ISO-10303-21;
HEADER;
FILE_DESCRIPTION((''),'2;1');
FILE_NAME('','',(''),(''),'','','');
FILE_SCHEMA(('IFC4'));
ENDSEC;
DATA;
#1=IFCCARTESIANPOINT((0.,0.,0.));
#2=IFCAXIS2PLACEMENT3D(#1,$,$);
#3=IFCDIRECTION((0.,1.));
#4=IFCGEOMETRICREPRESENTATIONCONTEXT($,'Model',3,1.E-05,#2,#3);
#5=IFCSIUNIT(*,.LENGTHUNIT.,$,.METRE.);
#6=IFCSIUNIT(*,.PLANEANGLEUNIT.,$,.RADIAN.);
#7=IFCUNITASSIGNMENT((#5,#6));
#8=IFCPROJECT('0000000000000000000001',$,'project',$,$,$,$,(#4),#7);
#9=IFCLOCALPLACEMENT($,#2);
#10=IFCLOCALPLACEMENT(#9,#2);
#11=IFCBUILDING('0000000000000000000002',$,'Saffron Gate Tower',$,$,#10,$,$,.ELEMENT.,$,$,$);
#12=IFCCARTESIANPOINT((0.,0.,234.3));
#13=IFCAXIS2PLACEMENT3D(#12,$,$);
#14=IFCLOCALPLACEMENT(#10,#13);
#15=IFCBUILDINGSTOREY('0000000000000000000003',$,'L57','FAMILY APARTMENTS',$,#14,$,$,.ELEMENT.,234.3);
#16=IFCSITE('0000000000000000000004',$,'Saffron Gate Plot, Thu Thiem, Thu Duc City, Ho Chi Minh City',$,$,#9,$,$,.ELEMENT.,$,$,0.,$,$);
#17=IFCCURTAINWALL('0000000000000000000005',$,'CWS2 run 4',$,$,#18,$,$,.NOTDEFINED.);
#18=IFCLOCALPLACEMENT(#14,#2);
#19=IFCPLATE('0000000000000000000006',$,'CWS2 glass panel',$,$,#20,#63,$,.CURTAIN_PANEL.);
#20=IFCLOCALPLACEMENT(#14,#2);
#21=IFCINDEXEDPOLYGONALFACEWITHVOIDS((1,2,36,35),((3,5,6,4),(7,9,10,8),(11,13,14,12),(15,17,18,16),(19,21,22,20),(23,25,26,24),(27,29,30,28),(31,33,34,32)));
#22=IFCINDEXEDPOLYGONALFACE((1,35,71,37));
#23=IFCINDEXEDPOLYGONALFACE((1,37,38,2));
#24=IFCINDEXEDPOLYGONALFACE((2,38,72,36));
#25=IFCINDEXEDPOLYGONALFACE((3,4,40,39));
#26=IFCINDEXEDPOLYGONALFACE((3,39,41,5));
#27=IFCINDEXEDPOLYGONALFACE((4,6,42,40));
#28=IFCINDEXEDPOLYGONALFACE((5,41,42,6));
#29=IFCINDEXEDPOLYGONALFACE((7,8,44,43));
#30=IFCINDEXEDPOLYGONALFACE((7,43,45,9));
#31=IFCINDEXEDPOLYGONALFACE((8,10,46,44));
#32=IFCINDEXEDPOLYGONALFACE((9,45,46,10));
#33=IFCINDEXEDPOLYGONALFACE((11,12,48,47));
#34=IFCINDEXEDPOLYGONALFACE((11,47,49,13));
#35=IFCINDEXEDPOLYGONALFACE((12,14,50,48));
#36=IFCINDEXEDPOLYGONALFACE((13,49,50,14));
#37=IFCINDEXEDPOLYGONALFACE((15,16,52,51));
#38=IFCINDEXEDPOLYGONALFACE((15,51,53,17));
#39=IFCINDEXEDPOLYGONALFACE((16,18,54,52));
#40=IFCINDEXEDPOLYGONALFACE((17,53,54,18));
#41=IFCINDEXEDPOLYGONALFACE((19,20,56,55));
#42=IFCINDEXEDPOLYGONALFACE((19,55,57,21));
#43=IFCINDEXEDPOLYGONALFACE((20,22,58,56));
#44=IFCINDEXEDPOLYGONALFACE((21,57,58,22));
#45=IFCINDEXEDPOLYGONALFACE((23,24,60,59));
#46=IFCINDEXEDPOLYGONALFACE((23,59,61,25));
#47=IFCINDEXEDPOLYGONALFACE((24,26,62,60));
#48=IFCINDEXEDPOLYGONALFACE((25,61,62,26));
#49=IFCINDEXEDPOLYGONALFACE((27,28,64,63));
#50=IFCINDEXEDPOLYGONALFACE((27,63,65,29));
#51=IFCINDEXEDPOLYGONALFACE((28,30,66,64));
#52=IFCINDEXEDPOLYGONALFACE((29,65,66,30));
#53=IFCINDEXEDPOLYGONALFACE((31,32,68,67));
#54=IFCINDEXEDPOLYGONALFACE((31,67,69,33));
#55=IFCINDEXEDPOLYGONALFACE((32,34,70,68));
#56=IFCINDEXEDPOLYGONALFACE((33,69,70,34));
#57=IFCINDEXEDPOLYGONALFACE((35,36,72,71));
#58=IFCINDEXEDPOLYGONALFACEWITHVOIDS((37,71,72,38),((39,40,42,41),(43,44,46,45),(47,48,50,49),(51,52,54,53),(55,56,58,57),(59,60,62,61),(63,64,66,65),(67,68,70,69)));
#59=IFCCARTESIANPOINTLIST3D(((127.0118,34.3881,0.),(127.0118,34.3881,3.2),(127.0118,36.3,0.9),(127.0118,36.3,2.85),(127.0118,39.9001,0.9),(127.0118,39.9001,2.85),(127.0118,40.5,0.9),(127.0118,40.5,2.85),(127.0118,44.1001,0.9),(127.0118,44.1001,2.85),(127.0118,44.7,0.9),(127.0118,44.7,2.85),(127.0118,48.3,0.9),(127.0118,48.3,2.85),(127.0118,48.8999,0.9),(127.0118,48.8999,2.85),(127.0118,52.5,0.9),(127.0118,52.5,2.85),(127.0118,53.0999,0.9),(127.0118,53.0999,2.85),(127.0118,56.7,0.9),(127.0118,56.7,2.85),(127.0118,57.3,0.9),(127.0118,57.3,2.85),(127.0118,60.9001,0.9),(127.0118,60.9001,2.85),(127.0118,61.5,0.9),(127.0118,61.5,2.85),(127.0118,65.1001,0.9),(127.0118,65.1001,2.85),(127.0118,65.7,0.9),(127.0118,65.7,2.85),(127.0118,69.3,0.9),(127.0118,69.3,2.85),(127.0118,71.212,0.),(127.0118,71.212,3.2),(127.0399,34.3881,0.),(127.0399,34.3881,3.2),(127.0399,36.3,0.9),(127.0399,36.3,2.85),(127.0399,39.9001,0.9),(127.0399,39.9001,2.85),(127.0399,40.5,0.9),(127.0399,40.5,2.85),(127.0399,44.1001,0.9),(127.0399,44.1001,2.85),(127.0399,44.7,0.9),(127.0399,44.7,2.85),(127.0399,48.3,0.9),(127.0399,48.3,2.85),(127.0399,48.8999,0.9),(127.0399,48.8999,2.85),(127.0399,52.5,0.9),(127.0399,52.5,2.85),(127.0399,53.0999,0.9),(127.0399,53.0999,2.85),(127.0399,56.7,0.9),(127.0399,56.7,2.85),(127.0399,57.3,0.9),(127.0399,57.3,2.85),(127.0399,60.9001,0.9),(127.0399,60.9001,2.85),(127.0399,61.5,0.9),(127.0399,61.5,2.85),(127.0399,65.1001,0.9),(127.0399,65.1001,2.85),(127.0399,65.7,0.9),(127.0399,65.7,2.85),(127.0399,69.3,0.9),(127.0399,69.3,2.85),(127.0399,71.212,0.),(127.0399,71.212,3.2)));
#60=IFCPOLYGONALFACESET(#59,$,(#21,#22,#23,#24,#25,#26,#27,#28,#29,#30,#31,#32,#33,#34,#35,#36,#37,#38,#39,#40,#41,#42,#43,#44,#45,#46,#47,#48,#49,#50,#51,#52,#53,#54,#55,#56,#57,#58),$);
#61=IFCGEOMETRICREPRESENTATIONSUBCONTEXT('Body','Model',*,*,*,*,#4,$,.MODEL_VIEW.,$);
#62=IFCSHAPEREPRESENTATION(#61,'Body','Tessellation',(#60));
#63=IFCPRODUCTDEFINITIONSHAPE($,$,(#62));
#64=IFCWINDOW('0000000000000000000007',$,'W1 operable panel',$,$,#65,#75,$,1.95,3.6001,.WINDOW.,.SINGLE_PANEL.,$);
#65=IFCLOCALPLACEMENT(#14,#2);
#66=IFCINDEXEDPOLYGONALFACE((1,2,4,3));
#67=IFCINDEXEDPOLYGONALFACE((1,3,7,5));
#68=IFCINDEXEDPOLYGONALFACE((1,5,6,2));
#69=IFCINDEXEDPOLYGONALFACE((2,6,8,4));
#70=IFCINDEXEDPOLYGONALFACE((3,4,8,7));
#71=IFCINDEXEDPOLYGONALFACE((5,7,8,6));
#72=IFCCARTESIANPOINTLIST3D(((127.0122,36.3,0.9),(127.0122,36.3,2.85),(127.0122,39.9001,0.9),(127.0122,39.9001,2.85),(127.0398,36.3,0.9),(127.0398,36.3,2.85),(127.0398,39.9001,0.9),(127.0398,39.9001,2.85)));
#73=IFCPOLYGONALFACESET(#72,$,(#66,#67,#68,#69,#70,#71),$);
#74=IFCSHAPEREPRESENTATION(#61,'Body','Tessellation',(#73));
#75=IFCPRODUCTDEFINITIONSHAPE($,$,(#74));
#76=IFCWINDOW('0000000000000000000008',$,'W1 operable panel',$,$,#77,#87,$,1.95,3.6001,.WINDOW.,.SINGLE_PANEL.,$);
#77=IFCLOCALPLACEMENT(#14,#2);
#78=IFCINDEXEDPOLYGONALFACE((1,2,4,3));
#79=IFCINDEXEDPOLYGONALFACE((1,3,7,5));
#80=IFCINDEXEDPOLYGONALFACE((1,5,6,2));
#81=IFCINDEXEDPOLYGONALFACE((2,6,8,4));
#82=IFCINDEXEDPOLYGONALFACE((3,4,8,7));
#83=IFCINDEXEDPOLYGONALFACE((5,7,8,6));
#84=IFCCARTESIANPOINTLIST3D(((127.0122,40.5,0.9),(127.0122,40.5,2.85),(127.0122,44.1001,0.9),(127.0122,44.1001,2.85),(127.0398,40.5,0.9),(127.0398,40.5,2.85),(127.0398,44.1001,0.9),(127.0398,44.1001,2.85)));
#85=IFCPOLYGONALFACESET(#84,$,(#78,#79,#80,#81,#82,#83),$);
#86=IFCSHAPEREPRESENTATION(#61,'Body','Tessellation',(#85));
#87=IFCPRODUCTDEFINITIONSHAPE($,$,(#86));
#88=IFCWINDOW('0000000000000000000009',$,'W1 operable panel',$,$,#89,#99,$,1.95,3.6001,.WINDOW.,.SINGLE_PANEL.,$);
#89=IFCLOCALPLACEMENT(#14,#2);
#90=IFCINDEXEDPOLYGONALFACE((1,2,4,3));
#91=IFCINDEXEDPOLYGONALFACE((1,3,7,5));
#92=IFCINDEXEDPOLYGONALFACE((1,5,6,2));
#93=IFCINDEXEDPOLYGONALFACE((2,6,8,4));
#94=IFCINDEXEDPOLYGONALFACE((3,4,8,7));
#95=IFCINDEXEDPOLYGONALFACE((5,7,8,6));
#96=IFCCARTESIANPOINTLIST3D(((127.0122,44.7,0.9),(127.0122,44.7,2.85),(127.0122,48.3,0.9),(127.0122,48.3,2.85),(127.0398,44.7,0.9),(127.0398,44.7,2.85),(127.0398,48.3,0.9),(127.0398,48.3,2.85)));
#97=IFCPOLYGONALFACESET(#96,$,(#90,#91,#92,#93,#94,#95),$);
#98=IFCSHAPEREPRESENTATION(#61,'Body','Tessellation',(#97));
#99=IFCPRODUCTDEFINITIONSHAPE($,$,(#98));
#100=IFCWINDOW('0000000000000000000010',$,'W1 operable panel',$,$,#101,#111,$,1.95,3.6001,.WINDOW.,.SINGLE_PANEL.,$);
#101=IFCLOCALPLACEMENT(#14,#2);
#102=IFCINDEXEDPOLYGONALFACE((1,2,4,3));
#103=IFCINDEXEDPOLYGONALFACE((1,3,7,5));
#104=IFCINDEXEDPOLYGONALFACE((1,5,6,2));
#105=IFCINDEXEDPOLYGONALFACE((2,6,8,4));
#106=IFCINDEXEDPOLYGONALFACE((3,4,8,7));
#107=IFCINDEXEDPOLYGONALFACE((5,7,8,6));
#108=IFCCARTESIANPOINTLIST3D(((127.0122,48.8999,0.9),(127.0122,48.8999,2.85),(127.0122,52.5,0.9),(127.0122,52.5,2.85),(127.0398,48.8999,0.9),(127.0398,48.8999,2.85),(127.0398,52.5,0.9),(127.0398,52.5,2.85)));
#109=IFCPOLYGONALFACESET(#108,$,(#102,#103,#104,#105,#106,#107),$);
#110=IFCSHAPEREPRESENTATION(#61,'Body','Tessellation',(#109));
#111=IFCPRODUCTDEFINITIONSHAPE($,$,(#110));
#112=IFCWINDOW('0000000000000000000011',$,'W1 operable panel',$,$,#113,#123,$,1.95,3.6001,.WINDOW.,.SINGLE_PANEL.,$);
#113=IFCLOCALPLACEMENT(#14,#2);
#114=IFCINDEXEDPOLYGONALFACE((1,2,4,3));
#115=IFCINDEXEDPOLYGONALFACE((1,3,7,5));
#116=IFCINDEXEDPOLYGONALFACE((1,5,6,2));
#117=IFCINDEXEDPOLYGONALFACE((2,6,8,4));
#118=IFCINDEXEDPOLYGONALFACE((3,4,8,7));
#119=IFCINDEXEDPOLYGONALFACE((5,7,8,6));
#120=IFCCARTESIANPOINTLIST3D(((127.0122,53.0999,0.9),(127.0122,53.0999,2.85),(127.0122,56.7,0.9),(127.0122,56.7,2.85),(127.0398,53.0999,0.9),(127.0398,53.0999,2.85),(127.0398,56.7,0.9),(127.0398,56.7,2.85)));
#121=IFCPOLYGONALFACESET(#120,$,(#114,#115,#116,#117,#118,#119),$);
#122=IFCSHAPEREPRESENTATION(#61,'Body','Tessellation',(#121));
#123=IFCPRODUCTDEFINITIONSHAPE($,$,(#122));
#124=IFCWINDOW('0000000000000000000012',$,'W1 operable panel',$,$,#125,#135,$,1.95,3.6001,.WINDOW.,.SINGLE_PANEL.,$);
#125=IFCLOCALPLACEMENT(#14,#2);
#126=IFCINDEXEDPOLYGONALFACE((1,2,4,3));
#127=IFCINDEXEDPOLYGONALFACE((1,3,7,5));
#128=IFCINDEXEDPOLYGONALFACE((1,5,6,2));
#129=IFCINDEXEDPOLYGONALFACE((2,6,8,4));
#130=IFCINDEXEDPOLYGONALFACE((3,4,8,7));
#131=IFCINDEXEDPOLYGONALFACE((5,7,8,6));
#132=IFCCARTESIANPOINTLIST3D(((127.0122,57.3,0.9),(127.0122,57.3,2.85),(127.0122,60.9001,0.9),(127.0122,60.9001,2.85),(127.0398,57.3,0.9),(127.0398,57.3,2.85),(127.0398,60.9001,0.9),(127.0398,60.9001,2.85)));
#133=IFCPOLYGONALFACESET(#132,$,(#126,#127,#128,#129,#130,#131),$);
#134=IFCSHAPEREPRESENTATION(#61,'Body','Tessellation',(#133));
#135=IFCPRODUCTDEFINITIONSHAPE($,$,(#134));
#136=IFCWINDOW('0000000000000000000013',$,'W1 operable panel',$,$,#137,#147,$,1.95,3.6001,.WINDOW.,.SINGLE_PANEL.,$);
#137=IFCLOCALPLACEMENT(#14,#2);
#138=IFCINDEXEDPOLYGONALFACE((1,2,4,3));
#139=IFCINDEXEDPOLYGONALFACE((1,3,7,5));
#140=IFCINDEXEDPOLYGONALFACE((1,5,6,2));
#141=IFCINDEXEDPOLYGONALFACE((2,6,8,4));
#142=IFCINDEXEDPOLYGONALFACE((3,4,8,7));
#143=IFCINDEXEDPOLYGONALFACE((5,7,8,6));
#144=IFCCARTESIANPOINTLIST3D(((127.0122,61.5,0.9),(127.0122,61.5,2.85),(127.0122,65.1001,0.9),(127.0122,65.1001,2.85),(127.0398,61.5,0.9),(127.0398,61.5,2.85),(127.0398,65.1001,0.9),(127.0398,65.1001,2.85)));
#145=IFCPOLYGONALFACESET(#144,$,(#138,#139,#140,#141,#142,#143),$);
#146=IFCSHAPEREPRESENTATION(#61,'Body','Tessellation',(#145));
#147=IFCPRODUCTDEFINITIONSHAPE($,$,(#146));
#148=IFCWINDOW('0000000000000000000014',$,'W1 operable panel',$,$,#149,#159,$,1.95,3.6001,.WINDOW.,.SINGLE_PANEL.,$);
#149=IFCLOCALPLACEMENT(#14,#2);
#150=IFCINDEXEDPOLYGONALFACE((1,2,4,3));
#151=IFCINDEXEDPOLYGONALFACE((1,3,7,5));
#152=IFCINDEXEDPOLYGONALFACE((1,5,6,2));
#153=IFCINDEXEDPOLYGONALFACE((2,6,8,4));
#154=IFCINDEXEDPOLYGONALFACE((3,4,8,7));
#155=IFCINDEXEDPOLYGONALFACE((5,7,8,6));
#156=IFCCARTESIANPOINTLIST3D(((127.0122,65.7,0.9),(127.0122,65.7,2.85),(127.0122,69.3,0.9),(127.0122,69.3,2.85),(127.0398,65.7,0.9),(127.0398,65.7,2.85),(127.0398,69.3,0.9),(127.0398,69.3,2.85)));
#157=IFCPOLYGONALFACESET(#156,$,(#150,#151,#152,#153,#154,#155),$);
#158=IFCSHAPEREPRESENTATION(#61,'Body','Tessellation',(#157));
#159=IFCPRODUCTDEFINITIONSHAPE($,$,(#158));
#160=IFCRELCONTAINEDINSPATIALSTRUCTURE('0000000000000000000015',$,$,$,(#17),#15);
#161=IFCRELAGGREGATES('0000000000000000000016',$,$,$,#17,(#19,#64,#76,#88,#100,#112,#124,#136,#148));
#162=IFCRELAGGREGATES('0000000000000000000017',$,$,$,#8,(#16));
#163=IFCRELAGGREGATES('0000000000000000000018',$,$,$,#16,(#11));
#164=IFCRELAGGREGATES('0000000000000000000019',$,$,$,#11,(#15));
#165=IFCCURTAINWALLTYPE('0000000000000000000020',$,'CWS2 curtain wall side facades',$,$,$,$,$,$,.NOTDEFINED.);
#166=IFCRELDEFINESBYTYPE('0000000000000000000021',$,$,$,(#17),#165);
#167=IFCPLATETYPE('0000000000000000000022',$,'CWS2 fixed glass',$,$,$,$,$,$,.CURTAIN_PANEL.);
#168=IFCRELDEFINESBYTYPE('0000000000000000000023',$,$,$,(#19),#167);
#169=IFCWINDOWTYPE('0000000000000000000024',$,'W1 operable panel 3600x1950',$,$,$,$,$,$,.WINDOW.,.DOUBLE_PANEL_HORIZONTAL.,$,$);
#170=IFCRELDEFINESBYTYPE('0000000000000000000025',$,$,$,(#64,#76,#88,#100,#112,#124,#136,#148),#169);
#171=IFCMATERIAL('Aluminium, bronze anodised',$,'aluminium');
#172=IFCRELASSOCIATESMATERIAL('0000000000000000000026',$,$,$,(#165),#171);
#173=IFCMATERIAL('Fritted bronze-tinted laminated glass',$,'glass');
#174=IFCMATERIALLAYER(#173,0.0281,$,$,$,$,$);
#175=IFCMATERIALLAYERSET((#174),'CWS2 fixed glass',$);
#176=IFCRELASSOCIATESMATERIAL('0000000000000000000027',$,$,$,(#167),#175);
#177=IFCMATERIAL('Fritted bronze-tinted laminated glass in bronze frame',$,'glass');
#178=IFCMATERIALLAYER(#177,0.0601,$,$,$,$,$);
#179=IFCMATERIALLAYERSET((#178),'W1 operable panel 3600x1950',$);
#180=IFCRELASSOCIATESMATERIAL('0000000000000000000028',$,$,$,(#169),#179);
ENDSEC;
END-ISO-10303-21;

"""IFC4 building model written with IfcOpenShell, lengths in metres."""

from ifc_helpers import new_model, si_unit, direction, frame, frame_2d, origin, place, context, subcontext, project, spatial, rectangle, extrude, material, layer, layer_set, type_object, element, fill, aggregate, save


model = new_model("IFC4")

# Units and contexts
model_context = context("Model", 3, precision=1e-05, world=origin(), true_north=direction((0.0, 1.0)))
body_context = subcontext(model_context, "Body", "Model", "MODEL_VIEW")
ifc_project = project(units=[si_unit("LENGTHUNIT", "METRE"), si_unit("PLANEANGLEUNIT", "RADIAN")], contexts=[model_context])

# Site, building, storey
site_placement = place(None, origin())
site = spatial("IfcSite", under=ifc_project, at=site_placement, Name="Saffron Gate Plot, Thu Thiem, Thu Duc City, Ho Chi Minh City", CompositionType="ELEMENT", RefElevation=0.0)
building_placement = place(site_placement, origin())
building = spatial("IfcBuilding", under=site, at=building_placement, Name="Saffron Gate Tower", CompositionType="ELEMENT")
storey_placement = place(building_placement, frame((0.0, 0.0, 234.3)))
storey = spatial("IfcBuildingStorey", under=building, at=storey_placement, Name="L57", Description="FAMILY APARTMENTS", CompositionType="ELEMENT", Elevation=234.3)

# Shared definitions
ifc_material_1 = material(Name="Aluminium, bronze anodised", Category="aluminium")

# Curtain wall
curtain_wall_type_1 = type_object("IfcCurtainWallType", Name="CWS2 curtain wall side facades", PredefinedType="NOTDEFINED", material=ifc_material_1)
curtain_wall_1_placement = place(storey_placement, origin())
curtain_wall_1 = element("IfcCurtainWall", 1, at=curtain_wall_1_placement, inside=storey, type_object=curtain_wall_type_1, Name="CWS2 run 4", PredefinedType="NOTDEFINED")

# Plate, openings, windows
ifc_material_2 = material(Name="Fritted bronze-tinted laminated glass", Category="glass")
ifc_layer_1 = layer(ifc_material_2, 0.0281)
ifc_layer_set_1 = layer_set([ifc_layer_1], Name="CWS2 fixed glass")
plate_type_1 = type_object("IfcPlateType", Name="CWS2 fixed glass", PredefinedType="CURTAIN_PANEL", material=ifc_layer_set_1)
plate_1_placement = place(storey_placement, frame((127.0259, 34.3879, 0.0), z_axis=(0.0, 0.0, 1.0), x_axis=(0.0, 1.0, 0.0)))
plate_1 = element("IfcPlate", 2, at=plate_1_placement, type_object=plate_type_1, Name="CWS2 glass panel", PredefinedType="CURTAIN_PANEL", context=body_context, shape_type="SweptSolid", body=[
    extrude(rectangle(XDim=36.824, YDim=0.0281, at=frame_2d((18.4121, 0.0))), origin(), (0.0, 0.0, 1.0), 3.2),
])
opening_1_placement = place(plate_1_placement, frame((1.9121, 0.0, 0.8999)))
opening_1 = element("IfcOpeningElement", 3, at=opening_1_placement, cuts=plate_1, PredefinedType="OPENING", context=body_context, shape_type="SweptSolid", body=[
    extrude(rectangle(XDim=3.6001, YDim=1.95, at=frame_2d((1.8, 0.9751))), frame((0.0, 0.0239, 0.0), z_axis=(0.0, -1.0, 0.0), x_axis=(1.0, 0.0, 0.0)), (0.0, 0.0, 1.0), 0.0481),
])
opening_2_placement = place(plate_1_placement, frame((6.1121, 0.0, 0.8999)))
opening_2 = element("IfcOpeningElement", 4, at=opening_2_placement, cuts=plate_1, PredefinedType="OPENING", context=body_context, shape_type="SweptSolid", body=[
    extrude(rectangle(XDim=3.6001, YDim=1.95, at=frame_2d((1.8, 0.9751))), frame((0.0, 0.0239, 0.0), z_axis=(0.0, -1.0, 0.0), x_axis=(1.0, 0.0, 0.0)), (0.0, 0.0, 1.0), 0.0481),
])
opening_3_placement = place(plate_1_placement, frame((10.312, 0.0, 0.8999)))
opening_3 = element("IfcOpeningElement", 5, at=opening_3_placement, cuts=plate_1, PredefinedType="OPENING", context=body_context, shape_type="SweptSolid", body=[
    extrude(rectangle(XDim=3.6001, YDim=1.95, at=frame_2d((1.8, 0.9751))), frame((0.0, 0.0239, 0.0), z_axis=(0.0, -1.0, 0.0), x_axis=(1.0, 0.0, 0.0)), (0.0, 0.0, 1.0), 0.0481),
])
opening_4_placement = place(plate_1_placement, frame((14.512, 0.0, 0.8999)))
opening_4 = element("IfcOpeningElement", 6, at=opening_4_placement, cuts=plate_1, PredefinedType="OPENING", context=body_context, shape_type="SweptSolid", body=[
    extrude(rectangle(XDim=3.6001, YDim=1.95, at=frame_2d((1.8, 0.9751))), frame((0.0, 0.0239, 0.0), z_axis=(0.0, -1.0, 0.0), x_axis=(1.0, 0.0, 0.0)), (0.0, 0.0, 1.0), 0.0481),
])
opening_5_placement = place(plate_1_placement, frame((18.7119, 0.0, 0.8999)))
opening_5 = element("IfcOpeningElement", 7, at=opening_5_placement, cuts=plate_1, PredefinedType="OPENING", context=body_context, shape_type="SweptSolid", body=[
    extrude(rectangle(XDim=3.6001, YDim=1.95, at=frame_2d((1.8, 0.9751))), frame((0.0, 0.0239, 0.0), z_axis=(0.0, -1.0, 0.0), x_axis=(1.0, 0.0, 0.0)), (0.0, 0.0, 1.0), 0.0481),
])
opening_6_placement = place(plate_1_placement, frame((22.9121, 0.0, 0.8999)))
opening_6 = element("IfcOpeningElement", 8, at=opening_6_placement, cuts=plate_1, PredefinedType="OPENING", context=body_context, shape_type="SweptSolid", body=[
    extrude(rectangle(XDim=3.6001, YDim=1.95, at=frame_2d((1.8, 0.9751))), frame((0.0, 0.0239, 0.0), z_axis=(0.0, -1.0, 0.0), x_axis=(1.0, 0.0, 0.0)), (0.0, 0.0, 1.0), 0.0481),
])
opening_7_placement = place(plate_1_placement, frame((27.1121, 0.0, 0.8999)))
opening_7 = element("IfcOpeningElement", 9, at=opening_7_placement, cuts=plate_1, PredefinedType="OPENING", context=body_context, shape_type="SweptSolid", body=[
    extrude(rectangle(XDim=3.6001, YDim=1.95, at=frame_2d((1.8, 0.9751))), frame((0.0, 0.0239, 0.0), z_axis=(0.0, -1.0, 0.0), x_axis=(1.0, 0.0, 0.0)), (0.0, 0.0, 1.0), 0.0481),
])
opening_8_placement = place(plate_1_placement, frame((31.312, 0.0, 0.8999)))
opening_8 = element("IfcOpeningElement", 10, at=opening_8_placement, cuts=plate_1, PredefinedType="OPENING", context=body_context, shape_type="SweptSolid", body=[
    extrude(rectangle(XDim=3.6001, YDim=1.95, at=frame_2d((1.8, 0.9751))), frame((0.0, 0.0239, 0.0), z_axis=(0.0, -1.0, 0.0), x_axis=(1.0, 0.0, 0.0)), (0.0, 0.0, 1.0), 0.0481),
])
ifc_material_3 = material(Name="Fritted bronze-tinted laminated glass in bronze frame", Category="glass")
ifc_layer_2 = layer(ifc_material_3, 0.0601)
ifc_layer_set_2 = layer_set([ifc_layer_2], Name="W1 operable panel 3600x1950")
window_type = type_object("IfcWindowType", Name="W1 operable panel 3600x1950", PartitioningType="DOUBLE_PANEL_HORIZONTAL", PredefinedType="WINDOW", material=ifc_layer_set_2)
window_1_placement = place(opening_1_placement, origin())
window_1 = element("IfcWindow", 11, at=window_1_placement, type_object=window_type, Name="W1 operable panel", OverallHeight=1.95, OverallWidth=3.6001, PartitioningType="SINGLE_PANEL", PredefinedType="WINDOW", context=body_context, shape_type="SweptSolid", body=[
    extrude(rectangle(XDim=3.6001, YDim=1.95, at=frame_2d((1.8, 0.9751))), frame((0.0, 0.0137, 0.0), z_axis=(0.0, -1.0, 0.0), x_axis=(1.0, 0.0, 0.0)), (0.0, 0.0, 1.0), 0.0276),
])
fill(opening_1, window_1)
window_2_placement = place(opening_2_placement, origin())
window_2 = element("IfcWindow", 12, at=window_2_placement, type_object=window_type, Name="W1 operable panel", OverallHeight=1.95, OverallWidth=3.6001, PartitioningType="SINGLE_PANEL", PredefinedType="WINDOW", context=body_context, shape_type="SweptSolid", body=[
    extrude(rectangle(XDim=3.6001, YDim=1.95, at=frame_2d((1.8, 0.9751))), frame((0.0, 0.0137, 0.0), z_axis=(0.0, -1.0, 0.0), x_axis=(1.0, 0.0, 0.0)), (0.0, 0.0, 1.0), 0.0276),
])
fill(opening_2, window_2)
window_3_placement = place(opening_3_placement, origin())
window_3 = element("IfcWindow", 13, at=window_3_placement, type_object=window_type, Name="W1 operable panel", OverallHeight=1.95, OverallWidth=3.6001, PartitioningType="SINGLE_PANEL", PredefinedType="WINDOW", context=body_context, shape_type="SweptSolid", body=[
    extrude(rectangle(XDim=3.6001, YDim=1.95, at=frame_2d((1.8, 0.9751))), frame((0.0, 0.0137, 0.0), z_axis=(0.0, -1.0, 0.0), x_axis=(1.0, 0.0, 0.0)), (0.0, 0.0, 1.0), 0.0276),
])
fill(opening_3, window_3)
window_4_placement = place(opening_4_placement, origin())
window_4 = element("IfcWindow", 14, at=window_4_placement, type_object=window_type, Name="W1 operable panel", OverallHeight=1.95, OverallWidth=3.6001, PartitioningType="SINGLE_PANEL", PredefinedType="WINDOW", context=body_context, shape_type="SweptSolid", body=[
    extrude(rectangle(XDim=3.6001, YDim=1.95, at=frame_2d((1.8, 0.9751))), frame((0.0, 0.0137, 0.0), z_axis=(0.0, -1.0, 0.0), x_axis=(1.0, 0.0, 0.0)), (0.0, 0.0, 1.0), 0.0276),
])
fill(opening_4, window_4)
window_5_placement = place(opening_5_placement, origin())
window_5 = element("IfcWindow", 15, at=window_5_placement, type_object=window_type, Name="W1 operable panel", OverallHeight=1.95, OverallWidth=3.6001, PartitioningType="SINGLE_PANEL", PredefinedType="WINDOW", context=body_context, shape_type="SweptSolid", body=[
    extrude(rectangle(XDim=3.6001, YDim=1.95, at=frame_2d((1.8, 0.9751))), frame((0.0, 0.0137, 0.0), z_axis=(0.0, -1.0, 0.0), x_axis=(1.0, 0.0, 0.0)), (0.0, 0.0, 1.0), 0.0276),
])
fill(opening_5, window_5)
window_6_placement = place(opening_6_placement, origin())
window_6 = element("IfcWindow", 16, at=window_6_placement, type_object=window_type, Name="W1 operable panel", OverallHeight=1.95, OverallWidth=3.6001, PartitioningType="SINGLE_PANEL", PredefinedType="WINDOW", context=body_context, shape_type="SweptSolid", body=[
    extrude(rectangle(XDim=3.6001, YDim=1.95, at=frame_2d((1.8, 0.9751))), frame((0.0, 0.0137, 0.0), z_axis=(0.0, -1.0, 0.0), x_axis=(1.0, 0.0, 0.0)), (0.0, 0.0, 1.0), 0.0276),
])
fill(opening_6, window_6)
window_7_placement = place(opening_7_placement, origin())
window_7 = element("IfcWindow", 17, at=window_7_placement, type_object=window_type, Name="W1 operable panel", OverallHeight=1.95, OverallWidth=3.6001, PartitioningType="SINGLE_PANEL", PredefinedType="WINDOW", context=body_context, shape_type="SweptSolid", body=[
    extrude(rectangle(XDim=3.6001, YDim=1.95, at=frame_2d((1.8, 0.9751))), frame((0.0, 0.0137, 0.0), z_axis=(0.0, -1.0, 0.0), x_axis=(1.0, 0.0, 0.0)), (0.0, 0.0, 1.0), 0.0276),
])
fill(opening_7, window_7)
window_8_placement = place(opening_8_placement, origin())
window_8 = element("IfcWindow", 18, at=window_8_placement, type_object=window_type, Name="W1 operable panel", OverallHeight=1.95, OverallWidth=3.6001, PartitioningType="SINGLE_PANEL", PredefinedType="WINDOW", context=body_context, shape_type="SweptSolid", body=[
    extrude(rectangle(XDim=3.6001, YDim=1.95, at=frame_2d((1.8, 0.9751))), frame((0.0, 0.0137, 0.0), z_axis=(0.0, -1.0, 0.0), x_axis=(1.0, 0.0, 0.0)), (0.0, 0.0, 1.0), 0.0276),
])
fill(opening_8, window_8)
aggregate(curtain_wall_1, [plate_1, window_1, window_2, window_3, window_4, window_5, window_6, window_7, window_8])

save(model, "model.ifc")
